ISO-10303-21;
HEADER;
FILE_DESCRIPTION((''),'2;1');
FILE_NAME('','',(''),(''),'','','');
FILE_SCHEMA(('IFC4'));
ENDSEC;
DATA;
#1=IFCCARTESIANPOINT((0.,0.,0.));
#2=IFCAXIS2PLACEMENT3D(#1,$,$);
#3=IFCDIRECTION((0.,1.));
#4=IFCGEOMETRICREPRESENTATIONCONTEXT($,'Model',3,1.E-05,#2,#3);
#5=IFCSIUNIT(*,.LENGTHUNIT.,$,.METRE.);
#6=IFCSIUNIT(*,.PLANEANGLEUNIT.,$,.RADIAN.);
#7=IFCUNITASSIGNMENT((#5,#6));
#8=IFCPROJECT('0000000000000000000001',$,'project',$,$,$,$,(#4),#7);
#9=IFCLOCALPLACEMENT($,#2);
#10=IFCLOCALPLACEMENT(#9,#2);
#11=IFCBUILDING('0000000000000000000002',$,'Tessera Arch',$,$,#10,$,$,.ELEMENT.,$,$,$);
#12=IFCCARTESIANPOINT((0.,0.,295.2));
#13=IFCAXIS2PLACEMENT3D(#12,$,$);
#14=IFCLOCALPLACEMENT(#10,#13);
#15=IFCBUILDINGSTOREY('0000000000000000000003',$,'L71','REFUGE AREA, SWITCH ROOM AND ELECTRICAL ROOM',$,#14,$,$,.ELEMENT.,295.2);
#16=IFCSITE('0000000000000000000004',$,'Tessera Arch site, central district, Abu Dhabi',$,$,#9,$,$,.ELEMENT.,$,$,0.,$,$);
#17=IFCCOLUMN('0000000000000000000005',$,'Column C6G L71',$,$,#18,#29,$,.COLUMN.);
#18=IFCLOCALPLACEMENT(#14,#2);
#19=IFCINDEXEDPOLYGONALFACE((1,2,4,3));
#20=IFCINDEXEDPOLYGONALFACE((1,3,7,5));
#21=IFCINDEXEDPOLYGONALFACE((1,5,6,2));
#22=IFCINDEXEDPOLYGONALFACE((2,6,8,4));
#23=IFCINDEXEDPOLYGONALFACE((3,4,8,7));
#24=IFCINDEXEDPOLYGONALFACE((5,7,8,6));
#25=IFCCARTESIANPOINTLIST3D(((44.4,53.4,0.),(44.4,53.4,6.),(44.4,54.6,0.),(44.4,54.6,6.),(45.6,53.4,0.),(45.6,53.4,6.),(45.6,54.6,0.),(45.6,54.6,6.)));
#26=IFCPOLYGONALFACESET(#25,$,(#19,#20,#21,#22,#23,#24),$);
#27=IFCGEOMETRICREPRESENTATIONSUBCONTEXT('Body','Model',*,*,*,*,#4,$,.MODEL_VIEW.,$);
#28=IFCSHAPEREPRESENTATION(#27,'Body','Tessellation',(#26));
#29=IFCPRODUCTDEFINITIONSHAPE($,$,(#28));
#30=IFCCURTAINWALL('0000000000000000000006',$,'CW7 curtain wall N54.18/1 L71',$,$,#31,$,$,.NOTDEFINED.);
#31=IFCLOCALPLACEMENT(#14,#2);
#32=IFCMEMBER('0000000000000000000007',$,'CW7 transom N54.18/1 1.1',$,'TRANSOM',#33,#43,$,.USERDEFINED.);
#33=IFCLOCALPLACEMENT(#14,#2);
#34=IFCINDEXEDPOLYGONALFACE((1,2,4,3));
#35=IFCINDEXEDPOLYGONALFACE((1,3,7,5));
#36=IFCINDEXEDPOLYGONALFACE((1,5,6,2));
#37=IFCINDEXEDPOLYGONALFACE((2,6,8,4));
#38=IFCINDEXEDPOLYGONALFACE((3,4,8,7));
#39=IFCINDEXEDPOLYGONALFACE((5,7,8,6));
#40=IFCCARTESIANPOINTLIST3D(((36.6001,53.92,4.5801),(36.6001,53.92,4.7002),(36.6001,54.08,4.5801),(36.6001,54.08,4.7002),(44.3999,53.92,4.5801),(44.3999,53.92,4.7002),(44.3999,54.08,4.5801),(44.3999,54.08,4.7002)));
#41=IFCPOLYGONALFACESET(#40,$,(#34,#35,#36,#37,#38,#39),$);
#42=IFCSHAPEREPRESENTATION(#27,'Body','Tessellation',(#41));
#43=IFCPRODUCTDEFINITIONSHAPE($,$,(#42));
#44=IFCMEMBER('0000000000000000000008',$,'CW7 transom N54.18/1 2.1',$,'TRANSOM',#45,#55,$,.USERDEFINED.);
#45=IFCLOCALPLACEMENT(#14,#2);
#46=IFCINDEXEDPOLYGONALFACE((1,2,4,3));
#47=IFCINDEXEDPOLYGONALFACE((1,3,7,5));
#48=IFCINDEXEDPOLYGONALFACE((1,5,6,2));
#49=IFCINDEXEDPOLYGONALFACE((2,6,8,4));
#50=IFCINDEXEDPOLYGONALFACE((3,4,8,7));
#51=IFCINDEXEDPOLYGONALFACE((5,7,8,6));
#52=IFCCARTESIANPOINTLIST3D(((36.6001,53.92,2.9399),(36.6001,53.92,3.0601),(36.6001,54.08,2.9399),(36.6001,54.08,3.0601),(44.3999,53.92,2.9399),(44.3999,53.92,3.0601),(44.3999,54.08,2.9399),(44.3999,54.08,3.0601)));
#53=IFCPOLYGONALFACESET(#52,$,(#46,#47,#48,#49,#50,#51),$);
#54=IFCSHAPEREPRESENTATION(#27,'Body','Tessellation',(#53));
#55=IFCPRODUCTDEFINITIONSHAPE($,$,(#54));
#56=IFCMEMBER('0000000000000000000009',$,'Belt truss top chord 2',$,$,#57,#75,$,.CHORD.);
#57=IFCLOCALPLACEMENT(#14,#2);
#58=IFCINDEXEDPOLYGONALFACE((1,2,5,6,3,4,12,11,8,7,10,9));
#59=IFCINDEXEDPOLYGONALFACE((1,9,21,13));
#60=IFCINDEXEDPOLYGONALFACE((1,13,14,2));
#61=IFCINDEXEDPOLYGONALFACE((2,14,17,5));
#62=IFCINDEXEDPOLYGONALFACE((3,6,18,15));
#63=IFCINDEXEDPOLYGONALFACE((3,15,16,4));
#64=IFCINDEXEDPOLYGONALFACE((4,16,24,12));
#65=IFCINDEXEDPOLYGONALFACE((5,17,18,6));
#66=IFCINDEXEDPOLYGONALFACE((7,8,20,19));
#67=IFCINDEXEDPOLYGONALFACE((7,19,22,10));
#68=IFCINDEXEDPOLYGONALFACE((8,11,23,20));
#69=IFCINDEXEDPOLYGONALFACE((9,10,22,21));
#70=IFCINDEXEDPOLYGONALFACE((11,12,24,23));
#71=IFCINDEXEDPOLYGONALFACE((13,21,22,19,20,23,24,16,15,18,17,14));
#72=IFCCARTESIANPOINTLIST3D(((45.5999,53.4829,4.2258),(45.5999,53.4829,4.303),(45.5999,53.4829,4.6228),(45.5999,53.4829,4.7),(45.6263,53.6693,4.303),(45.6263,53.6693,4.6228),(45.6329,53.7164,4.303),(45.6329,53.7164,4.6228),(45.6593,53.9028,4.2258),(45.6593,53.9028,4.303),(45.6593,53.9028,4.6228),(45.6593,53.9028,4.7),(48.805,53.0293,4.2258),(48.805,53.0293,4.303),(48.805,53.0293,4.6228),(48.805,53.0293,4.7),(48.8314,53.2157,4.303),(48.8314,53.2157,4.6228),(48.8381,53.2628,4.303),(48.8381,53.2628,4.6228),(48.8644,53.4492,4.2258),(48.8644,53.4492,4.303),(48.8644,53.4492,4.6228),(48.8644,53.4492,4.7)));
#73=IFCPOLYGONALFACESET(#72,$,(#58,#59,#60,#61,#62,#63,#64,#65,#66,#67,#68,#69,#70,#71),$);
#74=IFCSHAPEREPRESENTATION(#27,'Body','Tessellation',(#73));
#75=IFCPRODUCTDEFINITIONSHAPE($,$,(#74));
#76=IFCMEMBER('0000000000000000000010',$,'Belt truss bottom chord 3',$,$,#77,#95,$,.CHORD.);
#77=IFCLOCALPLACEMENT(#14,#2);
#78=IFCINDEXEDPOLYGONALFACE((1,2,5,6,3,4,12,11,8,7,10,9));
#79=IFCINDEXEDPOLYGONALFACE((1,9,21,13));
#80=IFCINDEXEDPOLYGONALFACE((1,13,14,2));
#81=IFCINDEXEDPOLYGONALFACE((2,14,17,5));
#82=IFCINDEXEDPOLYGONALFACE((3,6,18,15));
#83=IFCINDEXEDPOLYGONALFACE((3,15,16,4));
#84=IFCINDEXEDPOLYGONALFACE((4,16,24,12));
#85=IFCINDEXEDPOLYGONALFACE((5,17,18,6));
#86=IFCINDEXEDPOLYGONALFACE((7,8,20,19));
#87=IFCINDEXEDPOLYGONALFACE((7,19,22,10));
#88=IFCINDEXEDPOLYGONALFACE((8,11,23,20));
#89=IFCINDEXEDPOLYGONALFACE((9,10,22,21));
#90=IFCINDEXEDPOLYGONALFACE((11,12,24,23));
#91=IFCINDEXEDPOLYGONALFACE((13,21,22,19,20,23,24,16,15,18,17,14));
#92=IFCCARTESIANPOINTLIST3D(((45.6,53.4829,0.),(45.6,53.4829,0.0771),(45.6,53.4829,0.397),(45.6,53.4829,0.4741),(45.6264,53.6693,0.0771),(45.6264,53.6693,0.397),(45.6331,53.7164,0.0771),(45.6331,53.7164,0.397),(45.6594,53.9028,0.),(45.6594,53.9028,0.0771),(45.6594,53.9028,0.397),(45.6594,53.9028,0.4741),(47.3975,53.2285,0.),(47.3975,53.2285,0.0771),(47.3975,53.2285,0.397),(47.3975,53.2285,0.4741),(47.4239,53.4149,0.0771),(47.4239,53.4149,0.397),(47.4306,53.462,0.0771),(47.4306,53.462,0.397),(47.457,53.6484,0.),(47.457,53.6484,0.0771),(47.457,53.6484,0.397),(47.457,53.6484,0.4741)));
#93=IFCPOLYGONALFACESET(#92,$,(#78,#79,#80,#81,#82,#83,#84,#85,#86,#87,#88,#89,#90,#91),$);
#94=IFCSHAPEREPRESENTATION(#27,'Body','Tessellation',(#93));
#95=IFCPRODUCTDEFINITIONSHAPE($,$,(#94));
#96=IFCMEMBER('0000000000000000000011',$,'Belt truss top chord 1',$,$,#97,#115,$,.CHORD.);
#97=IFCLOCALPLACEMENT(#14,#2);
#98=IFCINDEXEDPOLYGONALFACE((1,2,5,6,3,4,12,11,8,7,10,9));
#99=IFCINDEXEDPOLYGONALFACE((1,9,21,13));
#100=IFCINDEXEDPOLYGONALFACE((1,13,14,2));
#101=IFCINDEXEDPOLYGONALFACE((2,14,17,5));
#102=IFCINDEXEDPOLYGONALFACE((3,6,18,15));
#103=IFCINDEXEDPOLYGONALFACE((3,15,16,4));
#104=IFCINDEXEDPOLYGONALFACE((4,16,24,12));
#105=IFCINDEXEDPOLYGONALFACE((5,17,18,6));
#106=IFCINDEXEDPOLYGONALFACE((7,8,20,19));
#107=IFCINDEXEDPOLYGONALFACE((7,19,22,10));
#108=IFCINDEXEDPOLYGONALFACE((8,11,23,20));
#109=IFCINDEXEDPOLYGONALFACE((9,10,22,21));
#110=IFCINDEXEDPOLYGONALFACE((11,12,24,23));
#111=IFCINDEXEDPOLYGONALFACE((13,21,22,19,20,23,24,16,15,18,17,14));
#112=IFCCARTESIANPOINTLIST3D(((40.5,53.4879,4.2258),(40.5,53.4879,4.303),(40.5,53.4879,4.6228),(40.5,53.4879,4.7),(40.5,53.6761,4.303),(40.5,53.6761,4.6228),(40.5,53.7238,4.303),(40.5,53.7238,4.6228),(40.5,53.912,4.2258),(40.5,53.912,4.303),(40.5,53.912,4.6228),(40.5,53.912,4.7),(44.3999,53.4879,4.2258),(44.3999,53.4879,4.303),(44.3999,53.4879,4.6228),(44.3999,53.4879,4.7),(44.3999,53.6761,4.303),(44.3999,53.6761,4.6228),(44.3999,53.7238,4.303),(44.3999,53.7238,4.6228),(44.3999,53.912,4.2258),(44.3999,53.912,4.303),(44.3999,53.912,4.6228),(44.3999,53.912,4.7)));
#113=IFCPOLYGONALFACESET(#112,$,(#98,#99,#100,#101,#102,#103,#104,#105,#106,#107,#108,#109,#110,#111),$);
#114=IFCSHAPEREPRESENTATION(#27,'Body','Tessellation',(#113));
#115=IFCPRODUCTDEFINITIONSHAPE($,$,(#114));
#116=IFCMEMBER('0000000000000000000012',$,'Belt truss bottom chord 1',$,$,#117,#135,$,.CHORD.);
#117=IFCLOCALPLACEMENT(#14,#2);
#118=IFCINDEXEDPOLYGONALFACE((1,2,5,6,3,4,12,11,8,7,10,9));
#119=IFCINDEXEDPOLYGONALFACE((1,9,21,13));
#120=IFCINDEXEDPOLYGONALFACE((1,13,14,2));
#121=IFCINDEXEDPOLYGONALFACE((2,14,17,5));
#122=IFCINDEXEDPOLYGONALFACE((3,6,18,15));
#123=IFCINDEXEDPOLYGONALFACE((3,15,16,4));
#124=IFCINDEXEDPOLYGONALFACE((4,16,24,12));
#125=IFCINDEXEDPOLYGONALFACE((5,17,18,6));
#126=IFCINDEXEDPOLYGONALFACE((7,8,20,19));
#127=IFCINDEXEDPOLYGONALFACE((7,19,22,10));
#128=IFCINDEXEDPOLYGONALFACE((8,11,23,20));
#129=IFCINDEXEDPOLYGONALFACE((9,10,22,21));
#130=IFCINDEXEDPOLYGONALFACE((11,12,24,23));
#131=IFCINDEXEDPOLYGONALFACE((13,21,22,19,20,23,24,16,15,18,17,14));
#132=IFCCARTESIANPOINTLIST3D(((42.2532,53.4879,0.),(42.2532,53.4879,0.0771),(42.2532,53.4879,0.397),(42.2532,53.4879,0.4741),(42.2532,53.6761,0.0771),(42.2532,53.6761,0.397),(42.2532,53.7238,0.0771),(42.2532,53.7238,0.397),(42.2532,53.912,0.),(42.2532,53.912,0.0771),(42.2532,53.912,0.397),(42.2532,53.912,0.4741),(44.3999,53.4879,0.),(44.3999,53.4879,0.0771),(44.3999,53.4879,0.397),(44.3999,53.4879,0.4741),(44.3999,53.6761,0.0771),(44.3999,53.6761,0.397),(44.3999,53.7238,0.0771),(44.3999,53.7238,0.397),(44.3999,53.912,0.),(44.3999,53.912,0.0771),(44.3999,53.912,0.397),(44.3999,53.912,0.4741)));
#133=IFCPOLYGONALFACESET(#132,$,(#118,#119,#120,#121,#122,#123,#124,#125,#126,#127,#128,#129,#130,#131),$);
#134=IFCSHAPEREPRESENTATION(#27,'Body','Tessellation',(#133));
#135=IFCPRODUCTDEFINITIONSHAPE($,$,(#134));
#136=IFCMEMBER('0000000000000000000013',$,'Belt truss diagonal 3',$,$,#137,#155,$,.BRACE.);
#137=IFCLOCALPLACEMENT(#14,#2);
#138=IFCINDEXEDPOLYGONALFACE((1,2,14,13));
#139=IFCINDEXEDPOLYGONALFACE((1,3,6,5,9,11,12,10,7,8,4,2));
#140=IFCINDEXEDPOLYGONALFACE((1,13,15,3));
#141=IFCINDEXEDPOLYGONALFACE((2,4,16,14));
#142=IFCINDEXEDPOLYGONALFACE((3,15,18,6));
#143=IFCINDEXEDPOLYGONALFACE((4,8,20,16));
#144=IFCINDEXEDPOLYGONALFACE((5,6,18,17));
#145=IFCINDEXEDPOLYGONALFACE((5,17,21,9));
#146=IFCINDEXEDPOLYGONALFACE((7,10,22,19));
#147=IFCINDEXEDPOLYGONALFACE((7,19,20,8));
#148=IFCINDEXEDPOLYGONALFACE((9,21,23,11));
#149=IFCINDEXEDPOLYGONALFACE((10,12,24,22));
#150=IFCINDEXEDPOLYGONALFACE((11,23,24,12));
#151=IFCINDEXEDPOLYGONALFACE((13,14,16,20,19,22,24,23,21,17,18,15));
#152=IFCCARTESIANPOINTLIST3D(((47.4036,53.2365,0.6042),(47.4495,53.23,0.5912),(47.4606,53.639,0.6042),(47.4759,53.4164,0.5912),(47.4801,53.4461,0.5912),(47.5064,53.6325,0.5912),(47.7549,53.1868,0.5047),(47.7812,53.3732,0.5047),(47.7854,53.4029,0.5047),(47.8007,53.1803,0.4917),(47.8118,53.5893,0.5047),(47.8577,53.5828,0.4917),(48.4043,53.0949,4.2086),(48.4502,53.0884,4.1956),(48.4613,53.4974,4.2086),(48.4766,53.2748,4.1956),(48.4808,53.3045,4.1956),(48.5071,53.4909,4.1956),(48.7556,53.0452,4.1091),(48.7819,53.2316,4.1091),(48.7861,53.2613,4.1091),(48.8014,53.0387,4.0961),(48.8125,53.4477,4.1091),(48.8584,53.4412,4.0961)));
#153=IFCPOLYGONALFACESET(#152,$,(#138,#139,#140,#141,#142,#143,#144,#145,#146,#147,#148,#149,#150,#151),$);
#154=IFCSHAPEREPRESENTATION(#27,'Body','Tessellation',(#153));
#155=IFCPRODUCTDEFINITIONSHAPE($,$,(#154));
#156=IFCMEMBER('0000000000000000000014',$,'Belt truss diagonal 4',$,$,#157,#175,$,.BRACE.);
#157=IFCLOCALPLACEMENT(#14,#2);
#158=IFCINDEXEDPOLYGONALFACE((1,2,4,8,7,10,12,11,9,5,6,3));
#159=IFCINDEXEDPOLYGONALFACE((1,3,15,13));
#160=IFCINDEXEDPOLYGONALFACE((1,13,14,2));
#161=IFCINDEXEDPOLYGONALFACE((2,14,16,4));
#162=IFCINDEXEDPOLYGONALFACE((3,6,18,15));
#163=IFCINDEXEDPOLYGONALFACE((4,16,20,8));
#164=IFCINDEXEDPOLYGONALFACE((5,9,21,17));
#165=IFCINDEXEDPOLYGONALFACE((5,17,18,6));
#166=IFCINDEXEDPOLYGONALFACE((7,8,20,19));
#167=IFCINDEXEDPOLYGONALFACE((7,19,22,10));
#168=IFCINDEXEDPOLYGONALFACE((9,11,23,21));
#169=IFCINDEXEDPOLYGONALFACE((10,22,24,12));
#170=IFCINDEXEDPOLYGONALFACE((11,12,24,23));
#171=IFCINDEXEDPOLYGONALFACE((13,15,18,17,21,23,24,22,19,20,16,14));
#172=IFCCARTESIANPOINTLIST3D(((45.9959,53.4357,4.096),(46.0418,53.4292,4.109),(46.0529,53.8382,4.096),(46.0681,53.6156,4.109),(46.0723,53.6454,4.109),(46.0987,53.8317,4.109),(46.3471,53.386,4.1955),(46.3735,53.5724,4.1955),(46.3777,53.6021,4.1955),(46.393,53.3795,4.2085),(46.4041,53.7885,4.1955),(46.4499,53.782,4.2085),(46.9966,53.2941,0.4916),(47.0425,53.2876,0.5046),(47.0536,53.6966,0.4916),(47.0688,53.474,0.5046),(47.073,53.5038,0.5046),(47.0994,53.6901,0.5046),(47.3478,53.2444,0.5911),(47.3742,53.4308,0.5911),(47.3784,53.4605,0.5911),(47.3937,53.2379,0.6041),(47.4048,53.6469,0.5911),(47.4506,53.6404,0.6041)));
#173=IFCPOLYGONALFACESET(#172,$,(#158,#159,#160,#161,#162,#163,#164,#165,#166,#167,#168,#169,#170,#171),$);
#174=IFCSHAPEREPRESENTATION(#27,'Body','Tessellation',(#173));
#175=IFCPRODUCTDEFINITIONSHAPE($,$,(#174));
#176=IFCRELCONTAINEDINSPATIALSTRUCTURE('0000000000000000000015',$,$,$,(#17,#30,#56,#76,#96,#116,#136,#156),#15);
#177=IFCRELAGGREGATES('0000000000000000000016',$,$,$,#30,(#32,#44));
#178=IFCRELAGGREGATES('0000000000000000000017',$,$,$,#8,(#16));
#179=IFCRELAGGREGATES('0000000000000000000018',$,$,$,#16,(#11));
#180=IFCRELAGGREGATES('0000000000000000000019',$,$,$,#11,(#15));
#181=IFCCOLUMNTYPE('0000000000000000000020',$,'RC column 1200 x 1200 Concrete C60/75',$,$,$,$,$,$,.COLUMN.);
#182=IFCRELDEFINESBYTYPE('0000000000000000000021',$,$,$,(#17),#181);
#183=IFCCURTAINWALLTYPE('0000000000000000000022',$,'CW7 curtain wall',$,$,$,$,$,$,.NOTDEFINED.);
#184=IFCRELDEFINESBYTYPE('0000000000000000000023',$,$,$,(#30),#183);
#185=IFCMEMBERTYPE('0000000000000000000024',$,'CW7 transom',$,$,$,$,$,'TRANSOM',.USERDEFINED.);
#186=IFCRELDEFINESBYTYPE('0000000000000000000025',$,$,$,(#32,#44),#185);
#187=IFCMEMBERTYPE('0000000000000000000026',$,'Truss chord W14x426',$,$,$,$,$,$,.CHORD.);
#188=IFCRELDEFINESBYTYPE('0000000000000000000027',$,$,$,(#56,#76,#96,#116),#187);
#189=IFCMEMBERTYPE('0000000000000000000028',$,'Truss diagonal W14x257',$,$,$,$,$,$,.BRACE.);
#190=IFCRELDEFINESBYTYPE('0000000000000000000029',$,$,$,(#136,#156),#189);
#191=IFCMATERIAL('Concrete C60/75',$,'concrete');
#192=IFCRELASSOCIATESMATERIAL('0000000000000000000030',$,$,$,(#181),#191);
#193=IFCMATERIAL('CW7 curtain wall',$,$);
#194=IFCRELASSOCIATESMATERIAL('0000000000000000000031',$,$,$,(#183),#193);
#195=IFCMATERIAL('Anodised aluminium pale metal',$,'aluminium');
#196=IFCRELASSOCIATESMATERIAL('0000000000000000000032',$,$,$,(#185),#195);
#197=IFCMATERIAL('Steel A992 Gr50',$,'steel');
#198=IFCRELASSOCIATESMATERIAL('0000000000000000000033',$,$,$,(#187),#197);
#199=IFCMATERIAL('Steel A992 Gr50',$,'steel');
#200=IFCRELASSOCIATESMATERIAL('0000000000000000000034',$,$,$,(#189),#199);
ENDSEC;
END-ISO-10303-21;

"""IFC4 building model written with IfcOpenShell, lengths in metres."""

from ifc_helpers import new_model, si_unit, direction, frame, origin, origin_2d, place, context, subcontext, project, spatial, rectangle, i_section, extrude, material, material_profile, profile_set, type_object, element, aggregate, save


model = new_model("IFC4")

# Units and contexts
model_context = context("Model", 3, precision=1e-05, world=origin(), true_north=direction((0.0, 1.0)))
body_context = subcontext(model_context, "Body", "Model", "MODEL_VIEW")
ifc_project = project(units=[si_unit("LENGTHUNIT", "METRE"), si_unit("PLANEANGLEUNIT", "RADIAN")], contexts=[model_context])

# Site, building, storey
site_placement = place(None, origin())
site = spatial("IfcSite", under=ifc_project, at=site_placement, Name="Tessera Arch site, central district, Abu Dhabi", CompositionType="ELEMENT", RefElevation=0.0)
building_placement = place(site_placement, origin())
building = spatial("IfcBuilding", under=site, at=building_placement, Name="Tessera Arch", CompositionType="ELEMENT")
storey_placement = place(building_placement, frame((0.0, 0.0, 295.2)))
storey = spatial("IfcBuildingStorey", under=building, at=storey_placement, Name="L71", Description="REFUGE AREA, SWITCH ROOM AND ELECTRICAL ROOM", CompositionType="ELEMENT", Elevation=295.2)

# Column
ifc_material_1 = material(Name="Concrete C60/75", Category="concrete")
ifc_material_profile_1 = material_profile(ifc_material_1, rectangle(XDim=1.2, YDim=1.2, at=origin_2d()), Name="RC column 1200 x 1200 Concrete C60/75")
ifc_profile_set_1 = profile_set([ifc_material_profile_1], Name="Concrete C60/75")
column_type = type_object("IfcColumnType", Name="RC column 1200 x 1200 Concrete C60/75", PredefinedType="COLUMN", material=ifc_profile_set_1)
column_placement = place(storey_placement, frame((45.0, 54.0, 0.0), z_axis=(0.0, 0.0, 1.0), x_axis=(1.0, 0.0, 0.0)))
element("IfcColumn", 1, at=column_placement, inside=storey, type_object=column_type, Name="Column C6G L71", PredefinedType="COLUMN", context=body_context, shape_type="SweptSolid", body=[
    extrude(rectangle(XDim=1.2, YDim=1.2, at=origin_2d()), origin(), (0.0, 0.0, 1.0), 6.0),
])

# Curtain wall, members
ifc_material_2 = material(Name="CW7 curtain wall")
curtain_wall_type = type_object("IfcCurtainWallType", Name="CW7 curtain wall", PredefinedType="NOTDEFINED", material=ifc_material_2)
curtain_wall_1_placement = place(storey_placement, origin())
curtain_wall_1 = element("IfcCurtainWall", 2, at=curtain_wall_1_placement, inside=storey, type_object=curtain_wall_type, Name="CW7 curtain wall N54.18/1 L71", PredefinedType="NOTDEFINED")
ifc_material_3 = material(Name="Anodised aluminium pale metal", Category="aluminium")
ifc_material_profile_2 = material_profile(ifc_material_3, rectangle(XDim=0.1599, YDim=0.1201, at=origin_2d()), Name="AL 160x120")
ifc_profile_set_2 = profile_set([ifc_material_profile_2], Name="Anodised aluminium pale metal")
member_type_1 = type_object("IfcMemberType", Name="CW7 transom", ElementType="TRANSOM", PredefinedType="USERDEFINED", material=ifc_profile_set_2)
member_1_placement = place(storey_placement, frame((44.3999, 54.0, 4.6401), z_axis=(-1.0, 0.0, 0.0), x_axis=(0.0, -1.0, 0.0)))
member_1 = element("IfcMember", 3, at=member_1_placement, type_object=member_type_1, Name="CW7 transom N54.18/1 1.1", ObjectType="TRANSOM", PredefinedType="USERDEFINED", context=body_context, shape_type="SweptSolid", body=[
    extrude(rectangle(XDim=0.1599, YDim=0.1201, at=origin_2d()), origin(), (0.0, 0.0, 1.0), 7.7998),
])
member_2_placement = place(storey_placement, frame((44.3999, 54.0, 3.0), z_axis=(-1.0, 0.0, 0.0), x_axis=(0.0, -1.0, 0.0)))
member_2 = element("IfcMember", 4, at=member_2_placement, type_object=member_type_1, Name="CW7 transom N54.18/1 2.1", ObjectType="TRANSOM", PredefinedType="USERDEFINED", context=body_context, shape_type="SweptSolid", body=[
    extrude(rectangle(XDim=0.1599, YDim=0.1201, at=origin_2d()), origin(), (0.0, 0.0, 1.0), 7.7998),
])
aggregate(curtain_wall_1, [member_1, member_2])

# Members
ifc_material_4 = material(Name="Steel A992 Gr50", Category="steel")
ifc_material_profile_3 = material_profile(ifc_material_4, i_section(OverallWidth=0.4241, OverallDepth=0.4741, WebThickness=0.0476, FlangeThickness=0.0771, at=origin_2d()), Name="W14x426")
ifc_profile_set_3 = profile_set([ifc_material_profile_3], Name="Steel A992 Gr50")
member_type_2 = type_object("IfcMemberType", Name="Truss chord W14x426", PredefinedType="CHORD", material=ifc_profile_set_3)
member_3_placement = place(storey_placement, frame((48.8347, 53.2393, 4.4629), z_axis=(-0.990133, 0.140133, 0.0), x_axis=(-0.140133, -0.990133, 0.0)))
element("IfcMember", 5, at=member_3_placement, inside=storey, type_object=member_type_2, Name="Belt truss top chord 2", PredefinedType="CHORD", context=body_context, shape_type="SweptSolid", body=[
    extrude(i_section(OverallWidth=0.4241, OverallDepth=0.4741, WebThickness=0.0476, FlangeThickness=0.0771, at=origin_2d()), origin(), (0.0, 0.0, 1.0), 3.2371),
])
member_4_placement = place(storey_placement, frame((47.4272, 53.4385, 0.2371), z_axis=(-0.990134, 0.140122, 0.0), x_axis=(-0.140122, -0.990134, 0.0)))
element("IfcMember", 6, at=member_4_placement, inside=storey, type_object=member_type_2, Name="Belt truss bottom chord 3", PredefinedType="CHORD", context=body_context, shape_type="SweptSolid", body=[
    extrude(i_section(OverallWidth=0.4241, OverallDepth=0.4741, WebThickness=0.0476, FlangeThickness=0.0771, at=origin_2d()), origin(), (0.0, 0.0, 1.0), 1.8154),
])
member_5_placement = place(storey_placement, frame((44.3999, 53.7, 4.4629), z_axis=(-1.0, 0.0, 0.0), x_axis=(0.0, -1.0, 0.0)))
element("IfcMember", 7, at=member_5_placement, inside=storey, type_object=member_type_2, Name="Belt truss top chord 1", PredefinedType="CHORD", context=body_context, shape_type="SweptSolid", body=[
    extrude(i_section(OverallWidth=0.4241, OverallDepth=0.4741, WebThickness=0.0476, FlangeThickness=0.0771, at=origin_2d()), origin(), (0.0, 0.0, 1.0), 3.8999),
])
member_6_placement = place(storey_placement, frame((44.3999, 53.7, 0.2371), z_axis=(-1.0, 0.0, 0.0), x_axis=(0.0, -1.0, 0.0)))
element("IfcMember", 8, at=member_6_placement, inside=storey, type_object=member_type_2, Name="Belt truss bottom chord 1", PredefinedType="CHORD", context=body_context, shape_type="SweptSolid", body=[
    extrude(i_section(OverallWidth=0.4241, OverallDepth=0.4741, WebThickness=0.0476, FlangeThickness=0.0771, at=origin_2d()), origin(), (0.0, 0.0, 1.0), 2.1467),
])
ifc_material_5 = material(Name="Steel A992 Gr50", Category="steel")
ifc_material_profile_4 = material_profile(ifc_material_5, i_section(OverallWidth=0.4065, OverallDepth=0.4165, WebThickness=0.03, FlangeThickness=0.0481, at=origin_2d()), Name="W14x257")
ifc_profile_set_4 = profile_set([ifc_material_profile_4], Name="Steel A992 Gr50")
member_type_3 = type_object("IfcMemberType", Name="Truss diagonal W14x257", PredefinedType="BRACE", material=ifc_profile_set_4)
for number, where, z_axis, x_axis, name in (
    (9, (48.6313, 53.2681, 4.1523), (-0.267325, 0.037826, -0.962864), (-0.140102, -0.990137, 0.0), "Belt truss diagonal 3"),
    (10, (47.2236, 53.4673, 0.5479), (-0.267325, 0.037826, 0.962864), (-0.140102, -0.990137, 0.0), "Belt truss diagonal 4"),
):
    element("IfcMember", number, at=place(storey_placement, frame(where, z_axis=z_axis, x_axis=x_axis)), inside=storey, type_object=member_type_3, Name=name, PredefinedType="BRACE", context=body_context, shape_type="SweptSolid", body=[
        extrude(i_section(OverallWidth=0.4065, OverallDepth=0.4165, WebThickness=0.03, FlangeThickness=0.0481, at=origin_2d()), origin(), (0.0, 0.0, 1.0), 3.7434),
    ])

save(model, "model.ifc")
